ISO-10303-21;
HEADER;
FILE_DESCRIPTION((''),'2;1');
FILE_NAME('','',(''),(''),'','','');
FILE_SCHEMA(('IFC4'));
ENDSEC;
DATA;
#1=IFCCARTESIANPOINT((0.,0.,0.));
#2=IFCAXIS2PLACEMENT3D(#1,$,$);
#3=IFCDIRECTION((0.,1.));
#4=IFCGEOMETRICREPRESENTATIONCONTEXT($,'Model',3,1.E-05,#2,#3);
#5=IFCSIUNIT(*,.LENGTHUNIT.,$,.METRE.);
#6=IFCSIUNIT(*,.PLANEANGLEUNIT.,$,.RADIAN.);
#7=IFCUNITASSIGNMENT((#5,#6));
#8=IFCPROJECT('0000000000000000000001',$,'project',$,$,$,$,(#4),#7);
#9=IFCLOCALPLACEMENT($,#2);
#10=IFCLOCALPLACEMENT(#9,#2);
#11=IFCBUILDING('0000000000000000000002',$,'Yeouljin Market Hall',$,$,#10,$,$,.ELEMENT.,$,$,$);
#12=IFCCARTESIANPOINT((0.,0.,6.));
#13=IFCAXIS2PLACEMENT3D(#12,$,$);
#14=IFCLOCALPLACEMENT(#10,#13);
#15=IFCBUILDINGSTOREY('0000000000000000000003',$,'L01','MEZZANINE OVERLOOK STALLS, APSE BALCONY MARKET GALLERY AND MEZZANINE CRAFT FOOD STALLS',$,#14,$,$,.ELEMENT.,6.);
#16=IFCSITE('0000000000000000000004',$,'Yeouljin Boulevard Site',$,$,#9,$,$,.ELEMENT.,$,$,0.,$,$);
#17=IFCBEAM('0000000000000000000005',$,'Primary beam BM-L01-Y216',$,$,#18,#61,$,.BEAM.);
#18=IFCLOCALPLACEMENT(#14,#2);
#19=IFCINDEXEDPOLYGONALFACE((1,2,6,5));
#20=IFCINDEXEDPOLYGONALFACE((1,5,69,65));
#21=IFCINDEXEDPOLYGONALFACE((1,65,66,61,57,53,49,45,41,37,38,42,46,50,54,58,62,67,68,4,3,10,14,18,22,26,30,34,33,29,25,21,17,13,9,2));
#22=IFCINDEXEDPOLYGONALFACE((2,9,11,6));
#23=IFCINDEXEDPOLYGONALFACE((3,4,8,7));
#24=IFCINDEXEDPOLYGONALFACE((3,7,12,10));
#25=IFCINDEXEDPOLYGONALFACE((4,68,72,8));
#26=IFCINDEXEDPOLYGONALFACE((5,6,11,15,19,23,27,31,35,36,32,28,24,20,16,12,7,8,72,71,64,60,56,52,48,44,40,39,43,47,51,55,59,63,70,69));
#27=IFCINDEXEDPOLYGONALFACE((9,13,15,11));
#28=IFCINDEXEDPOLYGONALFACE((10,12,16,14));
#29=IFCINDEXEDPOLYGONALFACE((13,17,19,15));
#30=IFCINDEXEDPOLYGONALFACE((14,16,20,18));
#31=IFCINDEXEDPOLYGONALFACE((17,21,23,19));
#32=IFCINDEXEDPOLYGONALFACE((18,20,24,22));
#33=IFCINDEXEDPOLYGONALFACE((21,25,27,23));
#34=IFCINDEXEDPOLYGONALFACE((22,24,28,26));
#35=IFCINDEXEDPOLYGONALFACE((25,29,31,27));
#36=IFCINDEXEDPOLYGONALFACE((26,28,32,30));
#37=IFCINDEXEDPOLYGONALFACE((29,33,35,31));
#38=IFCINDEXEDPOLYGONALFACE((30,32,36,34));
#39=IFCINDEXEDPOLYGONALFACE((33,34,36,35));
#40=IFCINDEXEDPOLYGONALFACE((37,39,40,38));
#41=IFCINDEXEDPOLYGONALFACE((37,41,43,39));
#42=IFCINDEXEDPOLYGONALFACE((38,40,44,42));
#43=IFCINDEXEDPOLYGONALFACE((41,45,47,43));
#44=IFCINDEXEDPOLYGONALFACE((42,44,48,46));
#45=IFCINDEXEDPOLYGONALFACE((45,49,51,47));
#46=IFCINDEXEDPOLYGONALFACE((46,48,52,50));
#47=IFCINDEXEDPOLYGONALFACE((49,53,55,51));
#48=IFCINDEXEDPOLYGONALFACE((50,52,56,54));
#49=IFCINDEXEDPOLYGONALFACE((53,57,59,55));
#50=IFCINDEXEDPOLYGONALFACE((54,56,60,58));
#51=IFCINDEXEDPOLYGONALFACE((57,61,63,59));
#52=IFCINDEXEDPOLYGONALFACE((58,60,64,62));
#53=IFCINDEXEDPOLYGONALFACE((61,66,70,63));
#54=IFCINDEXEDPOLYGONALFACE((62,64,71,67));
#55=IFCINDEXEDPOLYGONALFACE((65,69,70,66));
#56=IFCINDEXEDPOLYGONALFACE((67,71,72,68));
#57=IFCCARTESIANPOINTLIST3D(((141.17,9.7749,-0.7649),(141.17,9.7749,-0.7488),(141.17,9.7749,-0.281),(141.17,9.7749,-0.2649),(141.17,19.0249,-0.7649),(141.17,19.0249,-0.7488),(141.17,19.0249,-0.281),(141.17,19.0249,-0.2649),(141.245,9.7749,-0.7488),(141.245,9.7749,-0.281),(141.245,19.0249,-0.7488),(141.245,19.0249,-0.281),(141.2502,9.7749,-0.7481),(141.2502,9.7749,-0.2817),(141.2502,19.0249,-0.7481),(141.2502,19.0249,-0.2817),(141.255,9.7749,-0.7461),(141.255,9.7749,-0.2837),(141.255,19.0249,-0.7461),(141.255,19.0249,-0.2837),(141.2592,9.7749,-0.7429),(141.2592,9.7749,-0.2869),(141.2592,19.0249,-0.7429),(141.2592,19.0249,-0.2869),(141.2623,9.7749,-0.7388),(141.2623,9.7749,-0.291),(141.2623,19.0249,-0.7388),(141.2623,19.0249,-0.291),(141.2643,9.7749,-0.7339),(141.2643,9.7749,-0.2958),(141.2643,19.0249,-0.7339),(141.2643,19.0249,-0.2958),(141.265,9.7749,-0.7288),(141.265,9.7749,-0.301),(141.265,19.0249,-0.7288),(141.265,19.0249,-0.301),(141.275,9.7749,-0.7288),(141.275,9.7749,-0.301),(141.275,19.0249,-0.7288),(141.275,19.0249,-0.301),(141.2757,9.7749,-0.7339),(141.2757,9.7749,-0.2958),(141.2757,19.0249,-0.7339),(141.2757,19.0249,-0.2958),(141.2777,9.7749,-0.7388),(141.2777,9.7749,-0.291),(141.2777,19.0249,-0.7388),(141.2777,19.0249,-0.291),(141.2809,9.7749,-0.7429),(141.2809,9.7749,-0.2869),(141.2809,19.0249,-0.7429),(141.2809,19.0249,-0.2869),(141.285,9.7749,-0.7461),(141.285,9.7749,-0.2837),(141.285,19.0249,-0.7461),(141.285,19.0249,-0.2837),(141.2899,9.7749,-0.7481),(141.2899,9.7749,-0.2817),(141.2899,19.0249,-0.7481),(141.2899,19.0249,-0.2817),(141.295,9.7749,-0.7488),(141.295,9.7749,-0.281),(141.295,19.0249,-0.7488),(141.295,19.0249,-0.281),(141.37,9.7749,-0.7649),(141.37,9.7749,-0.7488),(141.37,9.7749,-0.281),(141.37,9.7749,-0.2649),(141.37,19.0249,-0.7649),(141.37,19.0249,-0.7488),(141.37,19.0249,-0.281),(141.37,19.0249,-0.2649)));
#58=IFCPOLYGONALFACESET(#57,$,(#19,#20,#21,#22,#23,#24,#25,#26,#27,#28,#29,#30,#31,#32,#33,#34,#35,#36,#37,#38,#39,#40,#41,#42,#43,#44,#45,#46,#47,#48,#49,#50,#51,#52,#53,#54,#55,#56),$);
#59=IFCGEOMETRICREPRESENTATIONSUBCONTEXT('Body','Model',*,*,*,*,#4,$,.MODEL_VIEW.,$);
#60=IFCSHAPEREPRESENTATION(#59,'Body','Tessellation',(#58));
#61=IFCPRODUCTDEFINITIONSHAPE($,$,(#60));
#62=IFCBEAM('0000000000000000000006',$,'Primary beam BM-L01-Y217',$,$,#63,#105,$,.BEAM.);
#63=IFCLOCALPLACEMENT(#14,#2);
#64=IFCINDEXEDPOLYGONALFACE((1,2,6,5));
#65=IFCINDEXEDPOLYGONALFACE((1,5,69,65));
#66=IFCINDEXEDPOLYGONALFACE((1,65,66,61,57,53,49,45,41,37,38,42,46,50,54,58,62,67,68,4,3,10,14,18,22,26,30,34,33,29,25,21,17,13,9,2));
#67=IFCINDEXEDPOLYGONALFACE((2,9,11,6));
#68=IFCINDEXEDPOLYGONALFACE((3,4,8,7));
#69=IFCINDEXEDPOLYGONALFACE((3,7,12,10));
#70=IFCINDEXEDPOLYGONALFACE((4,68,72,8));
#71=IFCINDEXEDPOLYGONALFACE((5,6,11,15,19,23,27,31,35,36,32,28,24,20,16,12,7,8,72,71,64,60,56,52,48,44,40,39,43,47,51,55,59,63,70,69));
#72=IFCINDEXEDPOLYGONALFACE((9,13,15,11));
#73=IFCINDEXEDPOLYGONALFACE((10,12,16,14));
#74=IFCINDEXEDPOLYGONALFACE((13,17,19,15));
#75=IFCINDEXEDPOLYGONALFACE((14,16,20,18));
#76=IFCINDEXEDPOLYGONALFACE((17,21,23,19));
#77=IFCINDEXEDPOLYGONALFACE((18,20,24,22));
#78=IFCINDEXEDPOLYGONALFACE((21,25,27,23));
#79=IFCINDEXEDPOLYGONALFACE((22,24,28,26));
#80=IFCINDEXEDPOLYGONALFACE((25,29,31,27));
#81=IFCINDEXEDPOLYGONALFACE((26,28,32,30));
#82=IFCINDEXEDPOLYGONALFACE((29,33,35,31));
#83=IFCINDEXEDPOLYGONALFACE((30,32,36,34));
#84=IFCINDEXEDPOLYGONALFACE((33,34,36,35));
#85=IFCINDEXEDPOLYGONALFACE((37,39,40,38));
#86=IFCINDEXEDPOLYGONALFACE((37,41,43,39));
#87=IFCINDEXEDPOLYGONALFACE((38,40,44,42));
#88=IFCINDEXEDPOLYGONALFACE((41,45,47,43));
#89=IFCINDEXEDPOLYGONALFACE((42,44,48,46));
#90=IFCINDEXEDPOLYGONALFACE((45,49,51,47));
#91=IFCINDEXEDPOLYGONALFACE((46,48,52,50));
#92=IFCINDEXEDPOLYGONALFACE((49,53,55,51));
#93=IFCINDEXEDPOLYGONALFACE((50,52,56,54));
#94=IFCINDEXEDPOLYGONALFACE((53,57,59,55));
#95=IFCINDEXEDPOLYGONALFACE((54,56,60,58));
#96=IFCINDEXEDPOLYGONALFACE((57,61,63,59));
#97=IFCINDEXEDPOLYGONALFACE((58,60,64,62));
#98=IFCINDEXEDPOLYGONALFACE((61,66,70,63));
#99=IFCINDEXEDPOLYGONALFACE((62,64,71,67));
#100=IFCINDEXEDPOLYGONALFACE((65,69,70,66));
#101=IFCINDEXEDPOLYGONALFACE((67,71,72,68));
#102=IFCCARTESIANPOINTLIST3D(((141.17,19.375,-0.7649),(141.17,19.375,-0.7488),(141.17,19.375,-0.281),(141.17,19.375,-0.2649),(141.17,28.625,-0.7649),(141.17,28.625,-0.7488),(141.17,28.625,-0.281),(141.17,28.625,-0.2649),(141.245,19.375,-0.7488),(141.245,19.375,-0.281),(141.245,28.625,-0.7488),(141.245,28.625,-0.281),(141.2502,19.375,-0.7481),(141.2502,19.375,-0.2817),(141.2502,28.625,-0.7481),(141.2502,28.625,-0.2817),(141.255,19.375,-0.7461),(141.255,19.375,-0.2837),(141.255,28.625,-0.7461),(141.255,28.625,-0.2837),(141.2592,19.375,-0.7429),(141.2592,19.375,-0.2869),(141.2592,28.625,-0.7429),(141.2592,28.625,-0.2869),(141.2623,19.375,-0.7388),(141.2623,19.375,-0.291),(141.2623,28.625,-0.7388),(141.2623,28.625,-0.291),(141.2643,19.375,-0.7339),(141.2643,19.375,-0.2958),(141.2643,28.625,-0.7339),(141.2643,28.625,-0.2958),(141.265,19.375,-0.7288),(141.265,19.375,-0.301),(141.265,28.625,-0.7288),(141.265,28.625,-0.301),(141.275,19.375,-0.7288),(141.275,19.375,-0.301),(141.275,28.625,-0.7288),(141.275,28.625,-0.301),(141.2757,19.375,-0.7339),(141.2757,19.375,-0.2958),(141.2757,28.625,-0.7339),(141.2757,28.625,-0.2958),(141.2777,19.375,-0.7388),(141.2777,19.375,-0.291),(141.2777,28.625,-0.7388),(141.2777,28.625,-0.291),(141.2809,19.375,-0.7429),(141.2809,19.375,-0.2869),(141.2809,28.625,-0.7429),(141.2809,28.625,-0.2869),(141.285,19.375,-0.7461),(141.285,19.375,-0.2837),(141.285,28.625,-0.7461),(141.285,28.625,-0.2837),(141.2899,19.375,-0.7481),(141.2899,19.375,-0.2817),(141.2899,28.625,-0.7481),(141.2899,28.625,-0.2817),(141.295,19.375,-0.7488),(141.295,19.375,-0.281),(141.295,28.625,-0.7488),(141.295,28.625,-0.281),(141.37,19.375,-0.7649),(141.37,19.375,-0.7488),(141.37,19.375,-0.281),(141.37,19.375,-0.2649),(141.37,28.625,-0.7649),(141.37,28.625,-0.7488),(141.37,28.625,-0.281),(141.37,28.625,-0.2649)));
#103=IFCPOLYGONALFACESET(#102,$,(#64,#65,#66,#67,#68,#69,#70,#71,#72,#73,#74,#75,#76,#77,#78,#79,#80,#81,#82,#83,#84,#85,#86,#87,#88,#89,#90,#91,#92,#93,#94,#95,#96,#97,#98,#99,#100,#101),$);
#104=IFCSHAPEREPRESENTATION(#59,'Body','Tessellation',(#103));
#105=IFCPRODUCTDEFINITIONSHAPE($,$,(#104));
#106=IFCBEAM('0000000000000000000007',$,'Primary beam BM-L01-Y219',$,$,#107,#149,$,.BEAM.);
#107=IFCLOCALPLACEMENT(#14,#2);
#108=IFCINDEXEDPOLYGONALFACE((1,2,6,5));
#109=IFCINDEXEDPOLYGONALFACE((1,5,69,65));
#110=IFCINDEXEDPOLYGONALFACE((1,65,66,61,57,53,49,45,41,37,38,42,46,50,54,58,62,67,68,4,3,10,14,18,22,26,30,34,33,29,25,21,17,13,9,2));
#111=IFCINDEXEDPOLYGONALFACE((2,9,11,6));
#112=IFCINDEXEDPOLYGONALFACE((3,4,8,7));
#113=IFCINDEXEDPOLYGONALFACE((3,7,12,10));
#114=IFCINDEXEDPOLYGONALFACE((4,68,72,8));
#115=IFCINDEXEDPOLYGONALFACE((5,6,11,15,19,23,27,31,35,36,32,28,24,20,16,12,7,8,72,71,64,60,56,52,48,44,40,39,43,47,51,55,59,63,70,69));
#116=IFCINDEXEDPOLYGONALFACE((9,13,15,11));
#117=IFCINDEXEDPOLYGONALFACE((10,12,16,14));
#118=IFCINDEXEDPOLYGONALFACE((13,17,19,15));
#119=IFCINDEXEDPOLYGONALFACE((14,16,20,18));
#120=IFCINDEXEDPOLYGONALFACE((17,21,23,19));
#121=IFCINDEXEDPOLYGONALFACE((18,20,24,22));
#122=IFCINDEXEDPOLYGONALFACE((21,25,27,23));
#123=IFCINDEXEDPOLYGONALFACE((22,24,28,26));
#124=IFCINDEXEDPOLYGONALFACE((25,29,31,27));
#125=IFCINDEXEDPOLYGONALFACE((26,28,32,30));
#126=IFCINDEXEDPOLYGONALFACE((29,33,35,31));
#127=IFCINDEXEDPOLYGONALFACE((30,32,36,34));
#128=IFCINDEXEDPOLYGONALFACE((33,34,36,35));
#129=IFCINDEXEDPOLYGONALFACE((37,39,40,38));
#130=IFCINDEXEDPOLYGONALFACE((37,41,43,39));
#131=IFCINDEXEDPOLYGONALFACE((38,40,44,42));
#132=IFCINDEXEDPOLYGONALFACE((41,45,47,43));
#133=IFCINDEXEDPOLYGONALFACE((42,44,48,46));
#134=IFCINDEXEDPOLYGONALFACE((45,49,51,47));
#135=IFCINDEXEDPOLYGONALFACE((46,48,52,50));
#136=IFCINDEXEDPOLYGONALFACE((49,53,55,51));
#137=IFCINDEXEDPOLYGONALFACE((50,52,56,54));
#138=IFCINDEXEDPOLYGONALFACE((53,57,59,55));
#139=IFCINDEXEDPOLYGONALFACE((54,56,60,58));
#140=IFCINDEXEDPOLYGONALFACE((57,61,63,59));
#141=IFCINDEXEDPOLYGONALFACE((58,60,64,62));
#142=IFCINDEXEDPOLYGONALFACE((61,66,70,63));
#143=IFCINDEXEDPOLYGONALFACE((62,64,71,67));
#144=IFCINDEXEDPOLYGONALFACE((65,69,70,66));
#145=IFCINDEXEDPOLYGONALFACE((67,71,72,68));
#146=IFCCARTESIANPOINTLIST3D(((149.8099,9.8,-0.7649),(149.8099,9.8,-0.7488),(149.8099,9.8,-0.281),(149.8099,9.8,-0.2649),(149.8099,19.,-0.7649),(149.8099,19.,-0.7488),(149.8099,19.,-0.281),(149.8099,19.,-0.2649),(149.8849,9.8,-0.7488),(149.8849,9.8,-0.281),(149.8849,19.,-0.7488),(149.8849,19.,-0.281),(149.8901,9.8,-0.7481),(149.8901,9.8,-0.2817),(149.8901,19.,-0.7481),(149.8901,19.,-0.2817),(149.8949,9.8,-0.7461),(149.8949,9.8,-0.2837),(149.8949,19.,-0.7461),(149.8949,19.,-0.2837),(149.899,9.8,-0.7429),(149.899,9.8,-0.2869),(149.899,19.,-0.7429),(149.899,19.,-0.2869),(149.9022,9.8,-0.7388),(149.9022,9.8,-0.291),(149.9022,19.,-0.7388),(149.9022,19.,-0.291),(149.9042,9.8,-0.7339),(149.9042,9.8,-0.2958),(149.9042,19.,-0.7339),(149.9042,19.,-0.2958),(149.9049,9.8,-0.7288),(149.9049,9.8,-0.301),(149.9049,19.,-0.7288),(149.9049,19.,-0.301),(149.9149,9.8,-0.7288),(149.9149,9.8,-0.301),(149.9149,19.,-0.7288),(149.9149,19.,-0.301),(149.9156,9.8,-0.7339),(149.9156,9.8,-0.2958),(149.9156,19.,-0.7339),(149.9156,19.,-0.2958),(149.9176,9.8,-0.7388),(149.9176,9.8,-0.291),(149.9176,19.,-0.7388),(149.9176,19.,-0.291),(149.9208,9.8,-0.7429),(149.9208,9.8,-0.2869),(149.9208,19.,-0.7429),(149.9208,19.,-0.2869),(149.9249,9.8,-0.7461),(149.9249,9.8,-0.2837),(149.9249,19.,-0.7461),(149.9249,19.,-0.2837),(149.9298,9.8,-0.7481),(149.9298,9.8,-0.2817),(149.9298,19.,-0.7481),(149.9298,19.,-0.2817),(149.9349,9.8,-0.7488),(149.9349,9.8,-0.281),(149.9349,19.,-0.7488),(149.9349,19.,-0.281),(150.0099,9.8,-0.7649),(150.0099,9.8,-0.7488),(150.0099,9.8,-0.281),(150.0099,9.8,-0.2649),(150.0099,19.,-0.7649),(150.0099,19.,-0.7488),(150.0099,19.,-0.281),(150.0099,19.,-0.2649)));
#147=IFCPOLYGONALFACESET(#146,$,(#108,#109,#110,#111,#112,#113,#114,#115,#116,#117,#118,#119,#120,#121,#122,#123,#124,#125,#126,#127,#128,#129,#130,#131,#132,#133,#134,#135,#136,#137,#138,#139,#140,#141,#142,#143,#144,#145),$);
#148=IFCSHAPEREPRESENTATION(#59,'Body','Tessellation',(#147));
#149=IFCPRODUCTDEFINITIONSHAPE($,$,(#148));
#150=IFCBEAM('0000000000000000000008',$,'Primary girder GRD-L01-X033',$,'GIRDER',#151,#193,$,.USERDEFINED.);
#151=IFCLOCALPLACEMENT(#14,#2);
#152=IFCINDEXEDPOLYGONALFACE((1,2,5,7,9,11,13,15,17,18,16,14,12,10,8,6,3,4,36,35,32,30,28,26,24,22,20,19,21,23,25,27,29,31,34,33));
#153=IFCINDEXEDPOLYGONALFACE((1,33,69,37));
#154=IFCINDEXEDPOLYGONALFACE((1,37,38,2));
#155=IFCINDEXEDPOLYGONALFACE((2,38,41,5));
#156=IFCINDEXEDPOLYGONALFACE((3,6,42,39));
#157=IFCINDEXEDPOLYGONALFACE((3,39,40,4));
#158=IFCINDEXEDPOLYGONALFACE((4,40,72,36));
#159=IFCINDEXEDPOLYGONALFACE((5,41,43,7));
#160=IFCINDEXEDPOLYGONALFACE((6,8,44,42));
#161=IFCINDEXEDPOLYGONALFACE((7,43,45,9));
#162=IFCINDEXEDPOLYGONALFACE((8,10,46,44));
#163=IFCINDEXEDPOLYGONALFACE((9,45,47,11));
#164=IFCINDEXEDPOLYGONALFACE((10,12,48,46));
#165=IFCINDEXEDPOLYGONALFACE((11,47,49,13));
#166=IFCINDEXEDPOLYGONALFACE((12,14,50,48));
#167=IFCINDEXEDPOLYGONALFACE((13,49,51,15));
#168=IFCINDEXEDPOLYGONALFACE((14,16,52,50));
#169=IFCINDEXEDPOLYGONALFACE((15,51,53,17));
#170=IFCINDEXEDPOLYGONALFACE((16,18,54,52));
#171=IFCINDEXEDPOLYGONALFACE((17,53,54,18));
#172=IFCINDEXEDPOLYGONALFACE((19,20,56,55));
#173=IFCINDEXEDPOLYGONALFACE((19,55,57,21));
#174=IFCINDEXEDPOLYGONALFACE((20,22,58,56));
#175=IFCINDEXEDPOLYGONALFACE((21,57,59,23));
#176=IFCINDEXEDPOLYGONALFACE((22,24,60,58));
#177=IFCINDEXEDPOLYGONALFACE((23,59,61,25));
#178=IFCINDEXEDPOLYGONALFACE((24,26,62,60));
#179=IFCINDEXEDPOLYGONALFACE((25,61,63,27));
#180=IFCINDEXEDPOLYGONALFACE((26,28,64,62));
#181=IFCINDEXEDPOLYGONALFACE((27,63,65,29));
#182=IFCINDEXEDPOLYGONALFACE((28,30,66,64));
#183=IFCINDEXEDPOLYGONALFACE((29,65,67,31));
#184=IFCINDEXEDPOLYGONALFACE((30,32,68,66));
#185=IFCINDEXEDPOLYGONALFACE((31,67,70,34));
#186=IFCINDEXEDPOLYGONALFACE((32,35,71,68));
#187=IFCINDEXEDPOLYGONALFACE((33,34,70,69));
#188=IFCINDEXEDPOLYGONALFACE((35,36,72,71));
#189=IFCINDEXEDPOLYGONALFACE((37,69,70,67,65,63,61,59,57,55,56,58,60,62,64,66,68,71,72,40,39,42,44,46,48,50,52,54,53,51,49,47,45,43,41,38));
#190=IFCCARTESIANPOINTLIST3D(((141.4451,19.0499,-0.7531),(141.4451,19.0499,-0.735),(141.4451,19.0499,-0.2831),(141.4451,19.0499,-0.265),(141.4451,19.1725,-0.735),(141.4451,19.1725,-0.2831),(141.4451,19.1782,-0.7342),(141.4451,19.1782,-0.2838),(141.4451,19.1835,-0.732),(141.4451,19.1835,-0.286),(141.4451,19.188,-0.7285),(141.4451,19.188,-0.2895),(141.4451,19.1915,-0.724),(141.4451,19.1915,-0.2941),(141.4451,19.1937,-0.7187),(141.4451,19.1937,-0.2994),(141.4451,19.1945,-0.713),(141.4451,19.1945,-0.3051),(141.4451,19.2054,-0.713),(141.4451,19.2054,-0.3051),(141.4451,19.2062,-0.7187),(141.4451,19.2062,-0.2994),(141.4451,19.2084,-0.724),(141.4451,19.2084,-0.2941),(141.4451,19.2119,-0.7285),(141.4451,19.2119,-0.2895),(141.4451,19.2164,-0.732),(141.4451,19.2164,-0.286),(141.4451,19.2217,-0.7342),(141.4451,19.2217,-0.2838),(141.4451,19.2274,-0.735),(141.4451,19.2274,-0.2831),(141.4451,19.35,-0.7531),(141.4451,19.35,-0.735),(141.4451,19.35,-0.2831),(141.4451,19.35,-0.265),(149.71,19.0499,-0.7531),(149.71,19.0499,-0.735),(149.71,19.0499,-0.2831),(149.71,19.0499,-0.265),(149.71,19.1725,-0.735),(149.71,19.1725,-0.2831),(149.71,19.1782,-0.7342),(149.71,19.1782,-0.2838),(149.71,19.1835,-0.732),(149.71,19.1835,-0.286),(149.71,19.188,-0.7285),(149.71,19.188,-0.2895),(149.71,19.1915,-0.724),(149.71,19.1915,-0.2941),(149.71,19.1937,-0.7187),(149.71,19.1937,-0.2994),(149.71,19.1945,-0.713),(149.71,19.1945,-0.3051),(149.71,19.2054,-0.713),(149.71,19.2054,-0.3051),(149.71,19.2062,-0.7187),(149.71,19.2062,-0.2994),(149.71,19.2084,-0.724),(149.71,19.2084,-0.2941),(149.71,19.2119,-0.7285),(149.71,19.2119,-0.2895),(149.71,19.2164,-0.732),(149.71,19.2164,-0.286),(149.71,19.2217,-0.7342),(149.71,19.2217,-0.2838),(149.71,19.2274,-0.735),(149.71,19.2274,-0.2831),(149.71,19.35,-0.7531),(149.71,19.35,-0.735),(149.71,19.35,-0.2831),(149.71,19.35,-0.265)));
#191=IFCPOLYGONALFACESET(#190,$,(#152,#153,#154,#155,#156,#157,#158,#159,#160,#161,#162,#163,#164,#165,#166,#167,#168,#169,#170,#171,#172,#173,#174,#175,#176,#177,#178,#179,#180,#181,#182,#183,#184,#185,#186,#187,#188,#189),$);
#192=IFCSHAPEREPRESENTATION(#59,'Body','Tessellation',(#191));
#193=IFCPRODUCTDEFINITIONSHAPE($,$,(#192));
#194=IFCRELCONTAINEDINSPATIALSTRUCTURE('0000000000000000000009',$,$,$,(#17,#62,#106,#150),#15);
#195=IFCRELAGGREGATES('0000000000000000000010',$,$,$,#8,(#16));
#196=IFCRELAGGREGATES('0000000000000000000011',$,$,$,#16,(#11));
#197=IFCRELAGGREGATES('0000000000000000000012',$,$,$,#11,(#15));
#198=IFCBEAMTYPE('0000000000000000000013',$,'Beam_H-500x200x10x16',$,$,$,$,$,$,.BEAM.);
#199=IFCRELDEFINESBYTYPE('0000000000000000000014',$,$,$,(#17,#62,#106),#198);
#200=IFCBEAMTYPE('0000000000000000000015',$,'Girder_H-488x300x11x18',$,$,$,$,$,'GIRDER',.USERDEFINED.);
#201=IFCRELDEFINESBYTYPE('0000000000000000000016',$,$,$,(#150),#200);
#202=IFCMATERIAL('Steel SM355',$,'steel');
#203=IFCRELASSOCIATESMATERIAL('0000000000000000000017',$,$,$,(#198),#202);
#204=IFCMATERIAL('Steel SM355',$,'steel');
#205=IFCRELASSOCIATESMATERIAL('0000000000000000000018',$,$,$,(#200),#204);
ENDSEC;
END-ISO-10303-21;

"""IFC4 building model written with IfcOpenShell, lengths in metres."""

from ifc_helpers import new_model, si_unit, direction, frame, origin, origin_2d, place, context, subcontext, project, spatial, i_section, extrude, material, material_profile, profile_set, type_object, element, save


model = new_model("IFC4")

# Units and contexts
model_context = context("Model", 3, precision=1e-05, world=origin(), true_north=direction((0.0, 1.0)))
body_context = subcontext(model_context, "Body", "Model", "MODEL_VIEW")
ifc_project = project(units=[si_unit("LENGTHUNIT", "METRE"), si_unit("PLANEANGLEUNIT", "RADIAN")], contexts=[model_context])

# Site, building, storey
site_placement = place(None, origin())
site = spatial("IfcSite", under=ifc_project, at=site_placement, Name="Yeouljin Boulevard Site", CompositionType="ELEMENT", RefElevation=0.0)
building_placement = place(site_placement, origin())
building = spatial("IfcBuilding", under=site, at=building_placement, Name="Yeouljin Market Hall", CompositionType="ELEMENT")
storey_placement = place(building_placement, frame((0.0, 0.0, 6.0)))
storey = spatial("IfcBuildingStorey", under=building, at=storey_placement, Name="L01", Description="MEZZANINE OVERLOOK STALLS, APSE BALCONY MARKET GALLERY AND MEZZANINE CRAFT FOOD STALLS", CompositionType="ELEMENT", Elevation=6.0)

# Beams
ifc_material_1 = material(Name="Steel SM355", Category="steel")
ifc_material_profile_1 = material_profile(ifc_material_1, i_section(OverallWidth=0.2, OverallDepth=0.5, WebThickness=0.01, FlangeThickness=0.0161, FilletRadius=0.02, at=origin_2d()), Name="H-500x200x10x16")
ifc_profile_set_1 = profile_set([ifc_material_profile_1], Name="Steel SM355")
beam_type_1 = type_object("IfcBeamType", Name="Beam_H-500x200x10x16", PredefinedType="BEAM", material=ifc_profile_set_1)
for number, where, z_axis, x_axis, name in (
    (1, (141.27, 9.7749, -0.5149), (0.0, 1.0, 0.0), (-1.0, 0.0, 0.0), "Primary beam BM-L01-Y216"),
    (2, (141.27, 19.375, -0.5149), (0.0, 1.0, 0.0), (-1.0, 0.0, 0.0), "Primary beam BM-L01-Y217"),
):
    element("IfcBeam", number, at=place(storey_placement, frame(where, z_axis=z_axis, x_axis=x_axis)), inside=storey, type_object=beam_type_1, Name=name, PredefinedType="BEAM", context=body_context, shape_type="SweptSolid", body=[
        extrude(i_section(OverallWidth=0.2, OverallDepth=0.5, WebThickness=0.01, FlangeThickness=0.0161, FilletRadius=0.02, at=origin_2d()), origin(), (0.0, 0.0, 1.0), 9.25),
    ])
beam_1_placement = place(storey_placement, frame((149.9099, 9.8, -0.5149), z_axis=(0.0, 1.0, 0.0), x_axis=(-1.0, 0.0, 0.0)))
element("IfcBeam", 3, at=beam_1_placement, inside=storey, type_object=beam_type_1, Name="Primary beam BM-L01-Y219", PredefinedType="BEAM", context=body_context, shape_type="SweptSolid", body=[
    extrude(i_section(OverallWidth=0.2, OverallDepth=0.5, WebThickness=0.01, FlangeThickness=0.0161, FilletRadius=0.02, at=origin_2d()), origin(), (0.0, 0.0, 1.0), 9.2),
])
ifc_material_2 = material(Name="Steel SM355", Category="steel")
ifc_material_profile_2 = material_profile(ifc_material_2, i_section(OverallWidth=0.3, OverallDepth=0.488, WebThickness=0.011, FlangeThickness=0.0181, FilletRadius=0.022, at=origin_2d()), Name="H-488x300x11x18")
ifc_profile_set_2 = profile_set([ifc_material_profile_2], Name="Steel SM355")
beam_type_2 = type_object("IfcBeamType", Name="Girder_H-488x300x11x18", ElementType="GIRDER", PredefinedType="USERDEFINED", material=ifc_profile_set_2)
for number, where, z_axis, x_axis, name in (
    (4, (141.4451, 19.2, -0.509), (1.0, 0.0, 0.0), (0.0, 1.0, 0.0), "Primary girder GRD-L01-X033"),
):
    element("IfcBeam", number, at=place(storey_placement, frame(where, z_axis=z_axis, x_axis=x_axis)), inside=storey, type_object=beam_type_2, Name=name, ObjectType="GIRDER", PredefinedType="USERDEFINED", context=body_context, shape_type="SweptSolid", body=[
        extrude(i_section(OverallWidth=0.3, OverallDepth=0.488, WebThickness=0.011, FlangeThickness=0.0181, FilletRadius=0.022, at=origin_2d()), origin(), (0.0, 0.0, 1.0), 8.2649),
    ])

save(model, "model.ifc")
